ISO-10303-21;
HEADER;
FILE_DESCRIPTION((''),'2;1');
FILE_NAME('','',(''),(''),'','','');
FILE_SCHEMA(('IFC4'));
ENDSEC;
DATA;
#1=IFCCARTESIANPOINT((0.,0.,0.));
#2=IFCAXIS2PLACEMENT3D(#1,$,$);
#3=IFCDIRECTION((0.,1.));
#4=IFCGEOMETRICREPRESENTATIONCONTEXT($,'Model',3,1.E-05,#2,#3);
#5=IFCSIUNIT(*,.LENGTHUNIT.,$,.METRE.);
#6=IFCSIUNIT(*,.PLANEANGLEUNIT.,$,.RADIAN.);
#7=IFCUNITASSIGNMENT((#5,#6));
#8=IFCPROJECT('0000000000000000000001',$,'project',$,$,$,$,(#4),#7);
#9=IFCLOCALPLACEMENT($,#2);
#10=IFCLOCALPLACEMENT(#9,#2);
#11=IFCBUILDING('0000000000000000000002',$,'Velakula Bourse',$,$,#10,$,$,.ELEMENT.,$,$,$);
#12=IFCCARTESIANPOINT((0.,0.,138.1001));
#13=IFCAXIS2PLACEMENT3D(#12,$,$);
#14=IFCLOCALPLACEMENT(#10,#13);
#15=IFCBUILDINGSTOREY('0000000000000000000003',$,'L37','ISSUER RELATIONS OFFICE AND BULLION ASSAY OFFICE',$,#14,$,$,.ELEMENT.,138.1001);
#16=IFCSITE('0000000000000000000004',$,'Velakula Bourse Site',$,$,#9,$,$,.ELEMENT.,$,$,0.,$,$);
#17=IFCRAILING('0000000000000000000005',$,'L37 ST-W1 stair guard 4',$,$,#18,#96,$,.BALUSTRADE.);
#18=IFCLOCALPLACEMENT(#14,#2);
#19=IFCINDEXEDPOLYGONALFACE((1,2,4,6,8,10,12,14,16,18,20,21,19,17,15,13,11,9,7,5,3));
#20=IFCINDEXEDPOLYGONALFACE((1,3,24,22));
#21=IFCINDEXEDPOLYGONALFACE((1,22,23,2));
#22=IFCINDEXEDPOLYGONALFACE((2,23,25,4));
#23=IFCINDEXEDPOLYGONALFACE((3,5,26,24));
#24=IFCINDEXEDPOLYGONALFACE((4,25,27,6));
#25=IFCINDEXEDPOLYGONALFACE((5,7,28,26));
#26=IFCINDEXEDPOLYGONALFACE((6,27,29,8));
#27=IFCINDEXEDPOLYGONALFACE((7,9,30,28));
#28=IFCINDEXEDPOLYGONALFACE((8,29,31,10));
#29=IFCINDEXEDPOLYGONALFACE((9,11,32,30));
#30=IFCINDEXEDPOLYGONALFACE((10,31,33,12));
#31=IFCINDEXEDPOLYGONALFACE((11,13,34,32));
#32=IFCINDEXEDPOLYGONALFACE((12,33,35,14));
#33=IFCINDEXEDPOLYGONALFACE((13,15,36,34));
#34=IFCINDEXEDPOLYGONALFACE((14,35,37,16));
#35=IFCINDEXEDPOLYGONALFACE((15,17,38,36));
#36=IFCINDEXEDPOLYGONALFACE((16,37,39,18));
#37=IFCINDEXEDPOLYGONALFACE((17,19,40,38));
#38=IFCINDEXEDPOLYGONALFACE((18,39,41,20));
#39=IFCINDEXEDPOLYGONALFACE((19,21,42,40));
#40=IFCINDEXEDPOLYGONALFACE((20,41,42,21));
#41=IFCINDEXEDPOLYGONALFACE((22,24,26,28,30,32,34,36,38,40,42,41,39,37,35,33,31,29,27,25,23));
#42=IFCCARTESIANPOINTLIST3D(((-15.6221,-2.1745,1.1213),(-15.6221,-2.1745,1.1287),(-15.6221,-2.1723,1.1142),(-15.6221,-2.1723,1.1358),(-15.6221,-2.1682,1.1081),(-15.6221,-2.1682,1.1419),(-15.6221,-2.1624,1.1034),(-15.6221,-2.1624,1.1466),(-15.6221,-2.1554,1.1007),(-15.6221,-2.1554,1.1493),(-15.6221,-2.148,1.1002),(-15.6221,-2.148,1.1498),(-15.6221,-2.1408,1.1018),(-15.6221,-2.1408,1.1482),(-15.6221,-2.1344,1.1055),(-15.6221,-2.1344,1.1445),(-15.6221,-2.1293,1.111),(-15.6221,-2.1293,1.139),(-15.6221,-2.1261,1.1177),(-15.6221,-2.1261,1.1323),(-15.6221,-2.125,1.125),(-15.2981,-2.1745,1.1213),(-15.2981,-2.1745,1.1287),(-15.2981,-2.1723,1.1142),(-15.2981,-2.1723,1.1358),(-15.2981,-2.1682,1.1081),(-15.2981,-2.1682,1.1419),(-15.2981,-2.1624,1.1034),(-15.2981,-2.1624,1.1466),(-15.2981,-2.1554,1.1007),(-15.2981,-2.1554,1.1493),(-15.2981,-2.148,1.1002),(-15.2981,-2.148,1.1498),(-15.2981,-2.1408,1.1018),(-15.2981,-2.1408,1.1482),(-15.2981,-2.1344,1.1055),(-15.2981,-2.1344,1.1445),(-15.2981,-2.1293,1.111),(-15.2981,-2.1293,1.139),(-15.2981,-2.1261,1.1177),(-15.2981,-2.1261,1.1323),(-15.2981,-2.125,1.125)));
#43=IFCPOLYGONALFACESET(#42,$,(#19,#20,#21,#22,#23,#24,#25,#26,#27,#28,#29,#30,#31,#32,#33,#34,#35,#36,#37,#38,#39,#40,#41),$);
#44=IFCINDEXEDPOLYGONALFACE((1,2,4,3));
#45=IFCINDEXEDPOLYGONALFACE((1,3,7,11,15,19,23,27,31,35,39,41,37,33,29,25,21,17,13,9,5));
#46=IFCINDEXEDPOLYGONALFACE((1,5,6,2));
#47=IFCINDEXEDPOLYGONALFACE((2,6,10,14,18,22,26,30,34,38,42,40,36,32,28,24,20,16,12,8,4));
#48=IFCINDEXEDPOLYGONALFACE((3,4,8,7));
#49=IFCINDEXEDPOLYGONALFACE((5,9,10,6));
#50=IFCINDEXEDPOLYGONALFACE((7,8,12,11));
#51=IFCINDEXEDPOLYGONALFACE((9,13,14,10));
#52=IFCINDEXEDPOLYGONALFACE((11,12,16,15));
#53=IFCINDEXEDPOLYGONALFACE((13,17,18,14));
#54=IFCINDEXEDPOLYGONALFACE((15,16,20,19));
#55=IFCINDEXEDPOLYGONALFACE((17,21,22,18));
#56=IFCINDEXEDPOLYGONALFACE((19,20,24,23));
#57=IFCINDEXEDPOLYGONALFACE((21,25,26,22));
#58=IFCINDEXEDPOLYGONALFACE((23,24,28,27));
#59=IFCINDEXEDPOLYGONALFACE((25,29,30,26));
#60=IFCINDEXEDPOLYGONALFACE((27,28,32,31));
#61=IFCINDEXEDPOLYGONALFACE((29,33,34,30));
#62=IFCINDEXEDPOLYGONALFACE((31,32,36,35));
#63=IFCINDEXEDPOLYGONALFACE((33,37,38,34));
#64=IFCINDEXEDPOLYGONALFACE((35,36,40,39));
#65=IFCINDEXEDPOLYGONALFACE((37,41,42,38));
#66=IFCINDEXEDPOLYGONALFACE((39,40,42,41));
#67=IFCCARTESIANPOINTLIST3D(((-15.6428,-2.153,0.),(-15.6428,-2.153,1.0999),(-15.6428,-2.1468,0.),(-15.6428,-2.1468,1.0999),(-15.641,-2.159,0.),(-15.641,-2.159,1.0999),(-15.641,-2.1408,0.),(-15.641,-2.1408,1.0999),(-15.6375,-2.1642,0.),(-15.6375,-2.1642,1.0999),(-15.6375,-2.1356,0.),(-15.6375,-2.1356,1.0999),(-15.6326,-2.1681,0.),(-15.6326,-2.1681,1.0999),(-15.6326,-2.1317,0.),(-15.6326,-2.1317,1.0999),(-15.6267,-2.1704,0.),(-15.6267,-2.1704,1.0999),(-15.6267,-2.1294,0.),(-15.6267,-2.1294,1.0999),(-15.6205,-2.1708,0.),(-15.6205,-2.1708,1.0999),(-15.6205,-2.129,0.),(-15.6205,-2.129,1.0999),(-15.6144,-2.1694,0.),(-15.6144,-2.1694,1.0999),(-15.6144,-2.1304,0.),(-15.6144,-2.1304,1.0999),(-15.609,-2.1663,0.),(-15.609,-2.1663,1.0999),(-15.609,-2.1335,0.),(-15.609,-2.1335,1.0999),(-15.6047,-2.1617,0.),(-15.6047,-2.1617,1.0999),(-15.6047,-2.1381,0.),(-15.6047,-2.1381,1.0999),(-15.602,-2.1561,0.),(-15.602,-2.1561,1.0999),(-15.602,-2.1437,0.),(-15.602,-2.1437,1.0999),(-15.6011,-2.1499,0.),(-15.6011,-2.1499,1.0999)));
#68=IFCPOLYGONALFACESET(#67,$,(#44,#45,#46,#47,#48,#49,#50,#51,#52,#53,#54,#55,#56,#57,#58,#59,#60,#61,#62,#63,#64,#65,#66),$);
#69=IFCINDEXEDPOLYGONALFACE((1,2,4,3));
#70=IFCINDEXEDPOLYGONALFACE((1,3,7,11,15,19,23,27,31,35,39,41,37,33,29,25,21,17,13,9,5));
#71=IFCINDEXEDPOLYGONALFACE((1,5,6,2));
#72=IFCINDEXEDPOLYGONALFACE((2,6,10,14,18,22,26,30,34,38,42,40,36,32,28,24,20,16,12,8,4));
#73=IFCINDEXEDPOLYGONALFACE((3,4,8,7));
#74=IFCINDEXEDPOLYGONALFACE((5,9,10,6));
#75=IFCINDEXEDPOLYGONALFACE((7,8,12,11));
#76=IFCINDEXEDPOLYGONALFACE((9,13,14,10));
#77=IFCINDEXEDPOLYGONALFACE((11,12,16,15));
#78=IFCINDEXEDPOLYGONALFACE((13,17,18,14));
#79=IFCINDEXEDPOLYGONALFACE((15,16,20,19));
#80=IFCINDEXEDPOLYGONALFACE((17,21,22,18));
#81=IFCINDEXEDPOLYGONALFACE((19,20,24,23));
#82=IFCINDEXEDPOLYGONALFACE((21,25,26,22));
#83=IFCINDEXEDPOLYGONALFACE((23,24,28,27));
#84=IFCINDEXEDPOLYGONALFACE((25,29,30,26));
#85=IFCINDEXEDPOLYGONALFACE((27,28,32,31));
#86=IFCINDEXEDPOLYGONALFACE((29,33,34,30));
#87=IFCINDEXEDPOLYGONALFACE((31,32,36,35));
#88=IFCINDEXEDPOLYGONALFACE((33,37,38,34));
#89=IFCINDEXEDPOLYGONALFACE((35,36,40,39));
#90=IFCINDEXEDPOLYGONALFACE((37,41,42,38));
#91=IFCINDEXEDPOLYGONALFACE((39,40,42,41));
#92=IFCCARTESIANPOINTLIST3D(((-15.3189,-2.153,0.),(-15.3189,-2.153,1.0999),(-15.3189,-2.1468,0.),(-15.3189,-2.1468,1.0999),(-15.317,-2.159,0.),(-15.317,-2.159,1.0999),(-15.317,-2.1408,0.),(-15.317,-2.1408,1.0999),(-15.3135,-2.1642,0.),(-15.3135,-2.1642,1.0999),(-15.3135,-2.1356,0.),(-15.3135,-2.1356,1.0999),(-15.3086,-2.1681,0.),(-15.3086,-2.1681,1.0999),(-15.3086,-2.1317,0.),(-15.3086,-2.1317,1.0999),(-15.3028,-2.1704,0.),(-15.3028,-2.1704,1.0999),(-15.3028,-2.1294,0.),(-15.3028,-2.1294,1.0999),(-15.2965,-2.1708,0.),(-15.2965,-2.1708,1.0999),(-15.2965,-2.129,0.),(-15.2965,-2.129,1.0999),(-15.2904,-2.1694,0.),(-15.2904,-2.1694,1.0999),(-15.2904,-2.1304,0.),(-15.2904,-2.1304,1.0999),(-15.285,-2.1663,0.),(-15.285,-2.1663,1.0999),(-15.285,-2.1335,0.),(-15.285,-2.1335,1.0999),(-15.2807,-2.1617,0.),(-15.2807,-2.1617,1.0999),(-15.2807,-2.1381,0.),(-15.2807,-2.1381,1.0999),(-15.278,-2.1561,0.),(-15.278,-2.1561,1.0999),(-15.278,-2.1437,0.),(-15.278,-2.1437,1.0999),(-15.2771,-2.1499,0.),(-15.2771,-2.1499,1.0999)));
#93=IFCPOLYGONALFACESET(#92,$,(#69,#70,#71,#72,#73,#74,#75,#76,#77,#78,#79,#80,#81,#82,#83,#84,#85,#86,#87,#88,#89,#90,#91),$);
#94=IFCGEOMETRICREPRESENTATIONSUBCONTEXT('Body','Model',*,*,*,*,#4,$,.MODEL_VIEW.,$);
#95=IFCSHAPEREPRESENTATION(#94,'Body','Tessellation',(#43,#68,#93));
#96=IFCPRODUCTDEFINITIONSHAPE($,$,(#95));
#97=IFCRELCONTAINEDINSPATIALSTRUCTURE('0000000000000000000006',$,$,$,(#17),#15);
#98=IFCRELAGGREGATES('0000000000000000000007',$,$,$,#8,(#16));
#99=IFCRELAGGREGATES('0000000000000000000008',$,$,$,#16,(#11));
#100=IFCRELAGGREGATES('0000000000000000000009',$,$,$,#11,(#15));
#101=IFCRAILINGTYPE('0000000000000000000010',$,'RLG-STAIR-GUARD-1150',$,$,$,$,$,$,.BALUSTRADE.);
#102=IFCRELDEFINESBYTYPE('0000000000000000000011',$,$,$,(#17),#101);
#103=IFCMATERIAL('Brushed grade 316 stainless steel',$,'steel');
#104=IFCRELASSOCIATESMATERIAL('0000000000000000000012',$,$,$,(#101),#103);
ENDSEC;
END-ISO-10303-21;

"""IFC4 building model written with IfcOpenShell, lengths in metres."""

from ifc_helpers import new_model, si_unit, direction, frame, origin, origin_2d, place, context, subcontext, project, spatial, circle, extrude, material, type_object, element, save


model = new_model("IFC4")

# Units and contexts
model_context = context("Model", 3, precision=1e-05, world=origin(), true_north=direction((0.0, 1.0)))
body_context = subcontext(model_context, "Body", "Model", "MODEL_VIEW")
ifc_project = project(units=[si_unit("LENGTHUNIT", "METRE"), si_unit("PLANEANGLEUNIT", "RADIAN")], contexts=[model_context])

# Site, building, storey
site_placement = place(None, origin())
site = spatial("IfcSite", under=ifc_project, at=site_placement, Name="Velakula Bourse Site", CompositionType="ELEMENT", RefElevation=0.0)
building_placement = place(site_placement, origin())
building = spatial("IfcBuilding", under=site, at=building_placement, Name="Velakula Bourse", CompositionType="ELEMENT")
storey_placement = place(building_placement, frame((0.0, 0.0, 138.1001)))
storey = spatial("IfcBuildingStorey", under=building, at=storey_placement, Name="L37", Description="ISSUER RELATIONS OFFICE AND BULLION ASSAY OFFICE", CompositionType="ELEMENT", Elevation=138.1001)

# Shared definitions
ifc_material_1 = material(Name="Brushed grade 316 stainless steel", Category="steel")

# Railing
railing_type_1 = type_object("IfcRailingType", Name="RLG-STAIR-GUARD-1150", PredefinedType="BALUSTRADE", material=ifc_material_1)
railing_1_placement = place(storey_placement, frame((-15.6221, -2.1499, 0.0)))
element("IfcRailing", 1, at=railing_1_placement, inside=storey, type_object=railing_type_1, Name="L37 ST-W1 stair guard 4", PredefinedType="BALUSTRADE", context=body_context, shape_type="SweptSolid", body=[
    extrude(circle(Radius=0.0249, at=origin_2d()), frame((0.0, 0.0, 1.125), z_axis=(1.0, 0.0, 0.0), x_axis=(0.0, 1.0, 0.0)), (0.0, 0.0, 1.0), 0.324),
    extrude(circle(Radius=0.021, at=origin_2d()), origin(), (0.0, 0.0, 1.0), 1.0999),
    extrude(circle(Radius=0.021, at=origin_2d()), frame((0.324, 0.0, 0.0)), (0.0, 0.0, 1.0), 1.0999),
])

save(model, "model.ifc")
